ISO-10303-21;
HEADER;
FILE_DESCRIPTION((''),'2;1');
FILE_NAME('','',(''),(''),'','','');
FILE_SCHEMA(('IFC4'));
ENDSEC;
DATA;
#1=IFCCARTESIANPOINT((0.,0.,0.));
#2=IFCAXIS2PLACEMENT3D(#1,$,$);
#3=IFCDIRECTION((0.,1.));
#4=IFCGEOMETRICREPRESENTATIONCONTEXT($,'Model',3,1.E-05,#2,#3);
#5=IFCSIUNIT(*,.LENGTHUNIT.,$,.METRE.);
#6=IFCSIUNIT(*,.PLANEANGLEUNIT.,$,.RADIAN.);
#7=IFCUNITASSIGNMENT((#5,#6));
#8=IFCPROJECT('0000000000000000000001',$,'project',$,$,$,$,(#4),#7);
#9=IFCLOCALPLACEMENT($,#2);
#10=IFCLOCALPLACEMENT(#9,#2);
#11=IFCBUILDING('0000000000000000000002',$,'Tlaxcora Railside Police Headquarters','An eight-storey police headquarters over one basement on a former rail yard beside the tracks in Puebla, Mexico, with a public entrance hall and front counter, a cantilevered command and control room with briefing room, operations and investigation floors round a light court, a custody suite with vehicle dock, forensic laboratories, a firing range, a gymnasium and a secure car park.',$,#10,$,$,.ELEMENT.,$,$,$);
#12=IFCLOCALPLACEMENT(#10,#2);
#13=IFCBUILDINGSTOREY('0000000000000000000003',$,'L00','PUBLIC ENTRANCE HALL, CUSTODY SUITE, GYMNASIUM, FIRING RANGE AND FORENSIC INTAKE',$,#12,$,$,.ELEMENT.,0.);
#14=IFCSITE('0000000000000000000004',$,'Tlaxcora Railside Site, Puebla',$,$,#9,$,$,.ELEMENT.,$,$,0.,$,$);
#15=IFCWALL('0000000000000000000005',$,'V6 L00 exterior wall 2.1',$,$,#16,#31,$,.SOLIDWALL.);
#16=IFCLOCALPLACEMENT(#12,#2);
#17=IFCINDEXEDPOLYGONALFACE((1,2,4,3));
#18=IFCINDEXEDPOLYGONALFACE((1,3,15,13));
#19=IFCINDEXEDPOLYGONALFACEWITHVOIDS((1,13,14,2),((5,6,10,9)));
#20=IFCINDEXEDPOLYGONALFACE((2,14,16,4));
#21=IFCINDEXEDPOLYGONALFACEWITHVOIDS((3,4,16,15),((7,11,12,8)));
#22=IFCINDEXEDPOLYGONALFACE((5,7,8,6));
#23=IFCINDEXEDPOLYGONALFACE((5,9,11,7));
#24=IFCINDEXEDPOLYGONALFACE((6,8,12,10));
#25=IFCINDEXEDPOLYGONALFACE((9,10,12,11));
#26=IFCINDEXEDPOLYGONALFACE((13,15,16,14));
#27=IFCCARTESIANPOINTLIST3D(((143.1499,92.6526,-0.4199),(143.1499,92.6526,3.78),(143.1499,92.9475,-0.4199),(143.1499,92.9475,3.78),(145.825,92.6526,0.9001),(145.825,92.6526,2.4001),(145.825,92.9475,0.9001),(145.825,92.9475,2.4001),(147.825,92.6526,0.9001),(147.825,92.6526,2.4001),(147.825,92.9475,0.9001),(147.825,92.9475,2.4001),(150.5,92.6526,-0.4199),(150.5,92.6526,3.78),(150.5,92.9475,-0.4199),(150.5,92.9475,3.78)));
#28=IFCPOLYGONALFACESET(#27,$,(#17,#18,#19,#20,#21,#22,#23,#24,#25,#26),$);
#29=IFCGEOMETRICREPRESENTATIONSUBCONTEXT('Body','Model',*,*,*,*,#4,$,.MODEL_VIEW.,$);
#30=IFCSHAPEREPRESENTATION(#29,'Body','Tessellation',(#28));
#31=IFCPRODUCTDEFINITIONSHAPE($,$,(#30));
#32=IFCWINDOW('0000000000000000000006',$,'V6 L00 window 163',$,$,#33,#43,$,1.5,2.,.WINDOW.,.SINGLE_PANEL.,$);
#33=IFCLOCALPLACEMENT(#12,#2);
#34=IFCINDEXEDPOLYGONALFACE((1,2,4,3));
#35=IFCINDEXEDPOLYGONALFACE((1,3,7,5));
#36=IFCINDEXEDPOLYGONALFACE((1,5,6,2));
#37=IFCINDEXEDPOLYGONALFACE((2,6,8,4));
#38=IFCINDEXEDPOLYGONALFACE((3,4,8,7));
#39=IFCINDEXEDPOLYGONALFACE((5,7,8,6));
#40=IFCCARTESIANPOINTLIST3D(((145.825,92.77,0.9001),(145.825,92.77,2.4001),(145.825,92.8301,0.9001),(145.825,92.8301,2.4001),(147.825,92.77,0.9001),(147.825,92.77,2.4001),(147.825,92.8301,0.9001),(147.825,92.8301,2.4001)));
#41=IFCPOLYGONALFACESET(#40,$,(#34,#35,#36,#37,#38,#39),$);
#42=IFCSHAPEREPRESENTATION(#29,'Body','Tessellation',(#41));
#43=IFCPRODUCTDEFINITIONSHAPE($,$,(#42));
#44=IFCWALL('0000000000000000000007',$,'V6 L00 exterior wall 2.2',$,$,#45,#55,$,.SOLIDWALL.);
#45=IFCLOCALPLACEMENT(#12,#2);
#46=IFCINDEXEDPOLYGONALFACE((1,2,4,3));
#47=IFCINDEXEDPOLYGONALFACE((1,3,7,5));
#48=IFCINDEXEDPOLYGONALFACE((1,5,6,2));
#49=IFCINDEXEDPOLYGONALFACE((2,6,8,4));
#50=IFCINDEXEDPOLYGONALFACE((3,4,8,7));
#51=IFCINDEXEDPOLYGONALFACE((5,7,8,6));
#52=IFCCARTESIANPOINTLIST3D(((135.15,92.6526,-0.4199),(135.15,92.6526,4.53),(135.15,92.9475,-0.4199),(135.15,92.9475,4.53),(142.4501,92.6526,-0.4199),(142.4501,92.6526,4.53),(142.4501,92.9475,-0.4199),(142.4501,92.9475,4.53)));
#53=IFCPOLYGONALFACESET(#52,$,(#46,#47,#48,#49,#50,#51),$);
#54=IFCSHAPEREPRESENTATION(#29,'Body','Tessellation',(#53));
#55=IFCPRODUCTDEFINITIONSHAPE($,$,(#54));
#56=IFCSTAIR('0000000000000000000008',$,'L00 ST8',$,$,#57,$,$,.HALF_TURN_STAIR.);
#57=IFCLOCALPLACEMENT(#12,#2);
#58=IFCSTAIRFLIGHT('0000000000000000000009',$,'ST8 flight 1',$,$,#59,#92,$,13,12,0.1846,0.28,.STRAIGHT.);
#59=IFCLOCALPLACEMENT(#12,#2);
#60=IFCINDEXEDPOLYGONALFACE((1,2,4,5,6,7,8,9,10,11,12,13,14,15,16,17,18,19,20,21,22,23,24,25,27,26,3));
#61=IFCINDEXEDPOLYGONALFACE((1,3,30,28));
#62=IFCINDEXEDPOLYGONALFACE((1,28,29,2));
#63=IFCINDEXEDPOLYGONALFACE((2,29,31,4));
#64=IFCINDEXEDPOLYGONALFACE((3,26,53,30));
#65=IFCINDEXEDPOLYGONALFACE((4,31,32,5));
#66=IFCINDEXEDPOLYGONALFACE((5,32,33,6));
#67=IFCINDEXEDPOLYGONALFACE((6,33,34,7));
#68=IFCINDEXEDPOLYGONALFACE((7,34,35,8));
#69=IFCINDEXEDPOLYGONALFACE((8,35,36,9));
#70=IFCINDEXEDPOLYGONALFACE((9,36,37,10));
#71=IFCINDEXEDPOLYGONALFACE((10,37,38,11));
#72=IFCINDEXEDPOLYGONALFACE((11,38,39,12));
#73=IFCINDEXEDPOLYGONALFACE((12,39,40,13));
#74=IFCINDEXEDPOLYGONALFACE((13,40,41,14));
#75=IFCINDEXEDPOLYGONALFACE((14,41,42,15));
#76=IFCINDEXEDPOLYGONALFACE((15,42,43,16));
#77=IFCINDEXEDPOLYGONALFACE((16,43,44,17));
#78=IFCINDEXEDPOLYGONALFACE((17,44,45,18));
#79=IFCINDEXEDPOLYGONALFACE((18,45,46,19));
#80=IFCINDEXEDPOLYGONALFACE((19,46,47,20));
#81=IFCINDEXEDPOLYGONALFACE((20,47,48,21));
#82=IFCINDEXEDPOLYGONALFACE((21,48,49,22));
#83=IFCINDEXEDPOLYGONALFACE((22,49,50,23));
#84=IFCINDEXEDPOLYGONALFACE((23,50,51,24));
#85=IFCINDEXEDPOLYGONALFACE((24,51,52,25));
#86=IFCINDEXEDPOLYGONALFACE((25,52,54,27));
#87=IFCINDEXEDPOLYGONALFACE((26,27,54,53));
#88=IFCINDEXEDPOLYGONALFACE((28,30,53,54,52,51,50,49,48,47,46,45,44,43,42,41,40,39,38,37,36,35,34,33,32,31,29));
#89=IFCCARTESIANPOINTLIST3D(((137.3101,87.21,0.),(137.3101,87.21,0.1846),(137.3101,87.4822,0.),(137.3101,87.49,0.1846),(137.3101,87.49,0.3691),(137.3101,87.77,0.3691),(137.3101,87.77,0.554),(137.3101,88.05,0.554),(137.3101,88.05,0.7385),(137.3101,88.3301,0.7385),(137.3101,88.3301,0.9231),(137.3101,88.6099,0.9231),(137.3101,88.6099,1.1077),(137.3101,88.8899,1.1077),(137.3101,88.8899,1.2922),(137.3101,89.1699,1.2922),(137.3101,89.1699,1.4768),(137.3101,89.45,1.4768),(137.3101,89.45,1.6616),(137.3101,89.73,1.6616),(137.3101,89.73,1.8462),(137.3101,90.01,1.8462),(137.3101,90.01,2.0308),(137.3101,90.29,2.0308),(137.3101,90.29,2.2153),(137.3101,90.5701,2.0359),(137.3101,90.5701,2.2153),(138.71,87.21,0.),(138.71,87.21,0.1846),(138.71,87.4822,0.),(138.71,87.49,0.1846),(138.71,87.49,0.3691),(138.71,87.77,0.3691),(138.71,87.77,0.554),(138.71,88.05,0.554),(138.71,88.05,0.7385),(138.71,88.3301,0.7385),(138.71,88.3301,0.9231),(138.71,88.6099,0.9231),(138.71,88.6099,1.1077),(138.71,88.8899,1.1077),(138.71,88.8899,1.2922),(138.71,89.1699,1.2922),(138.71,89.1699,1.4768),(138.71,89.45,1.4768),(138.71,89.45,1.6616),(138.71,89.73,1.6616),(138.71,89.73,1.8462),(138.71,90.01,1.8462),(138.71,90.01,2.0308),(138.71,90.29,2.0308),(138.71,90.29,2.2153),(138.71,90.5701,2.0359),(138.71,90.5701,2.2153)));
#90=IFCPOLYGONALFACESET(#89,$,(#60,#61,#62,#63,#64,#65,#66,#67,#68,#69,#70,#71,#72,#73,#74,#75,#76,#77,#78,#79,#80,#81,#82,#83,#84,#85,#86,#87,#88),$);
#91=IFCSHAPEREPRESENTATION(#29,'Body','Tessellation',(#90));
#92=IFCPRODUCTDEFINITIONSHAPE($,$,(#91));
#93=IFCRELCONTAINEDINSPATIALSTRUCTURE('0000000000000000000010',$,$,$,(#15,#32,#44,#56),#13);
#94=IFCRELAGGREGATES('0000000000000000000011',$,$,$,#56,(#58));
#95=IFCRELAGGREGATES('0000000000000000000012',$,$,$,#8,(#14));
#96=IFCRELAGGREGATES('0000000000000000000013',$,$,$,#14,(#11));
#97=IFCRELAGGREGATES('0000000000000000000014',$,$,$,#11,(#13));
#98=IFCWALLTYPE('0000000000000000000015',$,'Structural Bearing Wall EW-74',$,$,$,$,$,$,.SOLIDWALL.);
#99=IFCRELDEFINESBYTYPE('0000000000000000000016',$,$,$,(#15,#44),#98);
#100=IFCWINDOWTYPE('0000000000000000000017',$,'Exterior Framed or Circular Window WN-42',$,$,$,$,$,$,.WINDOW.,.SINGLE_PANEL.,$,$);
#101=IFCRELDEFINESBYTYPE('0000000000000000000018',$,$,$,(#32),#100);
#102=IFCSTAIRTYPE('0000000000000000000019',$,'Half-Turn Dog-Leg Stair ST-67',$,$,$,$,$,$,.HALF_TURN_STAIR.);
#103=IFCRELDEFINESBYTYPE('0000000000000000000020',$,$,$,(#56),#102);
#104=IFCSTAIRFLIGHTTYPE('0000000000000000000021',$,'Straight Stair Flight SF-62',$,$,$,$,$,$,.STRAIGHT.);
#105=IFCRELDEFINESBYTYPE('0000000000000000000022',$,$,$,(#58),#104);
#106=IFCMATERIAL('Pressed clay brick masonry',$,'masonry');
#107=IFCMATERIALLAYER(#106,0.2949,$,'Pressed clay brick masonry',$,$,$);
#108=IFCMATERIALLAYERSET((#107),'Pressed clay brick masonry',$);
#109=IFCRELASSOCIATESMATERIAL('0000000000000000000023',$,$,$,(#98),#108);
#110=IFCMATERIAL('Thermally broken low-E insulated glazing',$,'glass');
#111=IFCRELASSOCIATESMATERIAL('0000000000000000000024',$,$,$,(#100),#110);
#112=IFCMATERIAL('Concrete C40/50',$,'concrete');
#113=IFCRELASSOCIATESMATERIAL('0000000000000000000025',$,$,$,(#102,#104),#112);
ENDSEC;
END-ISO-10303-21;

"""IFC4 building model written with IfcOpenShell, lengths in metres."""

from ifc_helpers import new_model, si_unit, direction, frame, frame_2d, origin, place, context, subcontext, project, spatial, polyline, rectangle, outline, extrude, material, layer, layer_set, type_object, element, fill, aggregate, save


model = new_model("IFC4")

# Units and contexts
model_context = context("Model", 3, precision=1e-05, world=origin(), true_north=direction((0.0, 1.0)))
body_context = subcontext(model_context, "Body", "Model", "MODEL_VIEW")
ifc_project = project(units=[si_unit("LENGTHUNIT", "METRE"), si_unit("PLANEANGLEUNIT", "RADIAN")], contexts=[model_context])

# Site, building, storey
site_placement = place(None, origin())
site = spatial("IfcSite", under=ifc_project, at=site_placement, Name="Tlaxcora Railside Site, Puebla", CompositionType="ELEMENT", RefElevation=0.0)
building_placement = place(site_placement, origin())
building = spatial("IfcBuilding", under=site, at=building_placement, Name="Tlaxcora Railside Police Headquarters", Description="An eight-storey police headquarters over one basement on a former rail yard beside the tracks in Puebla, Mexico, with a public entrance hall and front counter, a cantilevered command and control room with briefing room, operations and investigation floors round a light court, a custody suite with vehicle dock, forensic laboratories, a firing range, a gymnasium and a secure car park.", CompositionType="ELEMENT")
storey_placement = place(building_placement, origin())
storey = spatial("IfcBuildingStorey", under=building, at=storey_placement, Name="L00", Description="PUBLIC ENTRANCE HALL, CUSTODY SUITE, GYMNASIUM, FIRING RANGE AND FORENSIC INTAKE", CompositionType="ELEMENT", Elevation=0.0)

# Shared definitions
ifc_material_1 = material(Name="Concrete C40/50", Category="concrete")

# Wall, opening, window
ifc_material_2 = material(Name="Pressed clay brick masonry", Category="masonry")
ifc_layer_1 = layer(ifc_material_2, 0.2949, Name="Pressed clay brick masonry")
ifc_layer_set_1 = layer_set([ifc_layer_1], Name="Pressed clay brick masonry")
wall_type_1 = type_object("IfcWallType", Name="Structural Bearing Wall EW-74", PredefinedType="SOLIDWALL", material=ifc_layer_set_1)
ifc_material_3 = material(Name="Thermally broken low-E insulated glazing", Category="glass")
wall_1_placement = place(storey_placement, frame((150.5, 92.8, -0.4199), z_axis=(0.0, 0.0, 1.0), x_axis=(-1.0, 0.0, 0.0)))
wall_1 = element("IfcWall", 1, at=wall_1_placement, inside=storey, type_object=wall_type_1, Name="V6 L00 exterior wall 2.1", PredefinedType="SOLIDWALL", context=body_context, shape_type="SweptSolid", body=[
    extrude(rectangle(XDim=7.3501, YDim=0.2949, at=frame_2d((3.675, 0.0))), origin(), (0.0, 0.0, 1.0), 4.2),
])
opening_1_placement = place(wall_1_placement, frame((2.675, 0.0, 1.3201)))
opening_1 = element("IfcOpeningElement", 2, at=opening_1_placement, cuts=wall_1, PredefinedType="OPENING", context=body_context, shape_type="SweptSolid", body=[
    extrude(rectangle(XDim=2.0, YDim=1.5, at=frame_2d((1.0, 0.75))), frame((0.0, 0.1575, 0.0), z_axis=(0.0, -1.0, 0.0), x_axis=(1.0, 0.0, 0.0)), (0.0, 0.0, 1.0), 0.3149),
])
window_type_1 = type_object("IfcWindowType", Name="Exterior Framed or Circular Window WN-42", PartitioningType="SINGLE_PANEL", PredefinedType="WINDOW", material=ifc_material_3)
window_1_placement = place(opening_1_placement, origin())
window_1 = element("IfcWindow", 3, at=window_1_placement, inside=storey, type_object=window_type_1, Name="V6 L00 window 163", OverallHeight=1.5, OverallWidth=2.0, PartitioningType="SINGLE_PANEL", PredefinedType="WINDOW", context=body_context, shape_type="SweptSolid", body=[
    extrude(rectangle(XDim=2.0, YDim=1.5, at=frame_2d((1.0, 0.75))), frame((0.0, 0.03, 0.0), z_axis=(0.0, -1.0, 0.0), x_axis=(1.0, 0.0, 0.0)), (0.0, 0.0, 1.0), 0.0601),
])
fill(opening_1, window_1)

# Wall
wall_2_placement = place(storey_placement, frame((142.45, 92.8, -0.4199), z_axis=(0.0, 0.0, 1.0), x_axis=(-1.0, 0.0, 0.0)))
element("IfcWall", 4, at=wall_2_placement, inside=storey, type_object=wall_type_1, Name="V6 L00 exterior wall 2.2", PredefinedType="SOLIDWALL", context=body_context, shape_type="SweptSolid", body=[
    extrude(rectangle(XDim=7.3, YDim=0.2949, at=frame_2d((3.6499, 0.0))), origin(), (0.0, 0.0, 1.0), 4.95),
])

# Stair, stair flight
stair_type = type_object("IfcStairType", Name="Half-Turn Dog-Leg Stair ST-67", PredefinedType="HALF_TURN_STAIR", material=ifc_material_1)
stair_placement = place(storey_placement, origin())
stair = element("IfcStair", 5, at=stair_placement, inside=storey, type_object=stair_type, Name="L00 ST8", PredefinedType="HALF_TURN_STAIR")
stair_flight_type = type_object("IfcStairFlightType", Name="Straight Stair Flight SF-62", PredefinedType="STRAIGHT", material=ifc_material_1)
stair_flight_placement = place(storey_placement, frame((138.01, 87.21, 0.0), z_axis=(0.0, 0.0, 1.0), x_axis=(0.0, 1.0, 0.0)))
stair_flight = element("IfcStairFlight", 6, at=stair_flight_placement, type_object=stair_flight_type, Name="ST8 flight 1", NumberOfRisers=13, NumberOfTreads=12, PredefinedType="STRAIGHT", RiserHeight=0.1846, TreadLength=0.28, context=body_context, shape_type="SweptSolid", body=[
    extrude(outline(polyline([(0.0, 0.0), (0.0, 0.1846), (0.28, 0.1846), (0.28, 0.3691), (0.5601, 0.3691), (0.5601, 0.554), (0.8401, 0.554), (0.8401, 0.7385), (1.1201, 0.7385), (1.1201, 0.9231), (1.3999, 0.9231), (1.3999, 1.1077), (1.6799, 1.1077), (1.6799, 1.2922), (1.96, 1.2922), (1.96, 1.4768), (2.24, 1.4768), (2.24, 1.6616), (2.52, 1.6616), (2.52, 1.8462), (2.8, 1.8462), (2.8, 2.0308), (3.0801, 2.0308), (3.0801, 2.2153), (3.3601, 2.2153), (3.3601, 2.3999), (3.3601, 2.0359), (0.2722, 0.0), (0.0, 0.0)])), frame((0.0, 0.7, 0.0), z_axis=(0.0, -1.0, 0.0), x_axis=(1.0, 0.0, 0.0)), (0.0, 0.0, 1.0), 1.3999),
])
aggregate(stair, [stair_flight])

save(model, "model.ifc")
